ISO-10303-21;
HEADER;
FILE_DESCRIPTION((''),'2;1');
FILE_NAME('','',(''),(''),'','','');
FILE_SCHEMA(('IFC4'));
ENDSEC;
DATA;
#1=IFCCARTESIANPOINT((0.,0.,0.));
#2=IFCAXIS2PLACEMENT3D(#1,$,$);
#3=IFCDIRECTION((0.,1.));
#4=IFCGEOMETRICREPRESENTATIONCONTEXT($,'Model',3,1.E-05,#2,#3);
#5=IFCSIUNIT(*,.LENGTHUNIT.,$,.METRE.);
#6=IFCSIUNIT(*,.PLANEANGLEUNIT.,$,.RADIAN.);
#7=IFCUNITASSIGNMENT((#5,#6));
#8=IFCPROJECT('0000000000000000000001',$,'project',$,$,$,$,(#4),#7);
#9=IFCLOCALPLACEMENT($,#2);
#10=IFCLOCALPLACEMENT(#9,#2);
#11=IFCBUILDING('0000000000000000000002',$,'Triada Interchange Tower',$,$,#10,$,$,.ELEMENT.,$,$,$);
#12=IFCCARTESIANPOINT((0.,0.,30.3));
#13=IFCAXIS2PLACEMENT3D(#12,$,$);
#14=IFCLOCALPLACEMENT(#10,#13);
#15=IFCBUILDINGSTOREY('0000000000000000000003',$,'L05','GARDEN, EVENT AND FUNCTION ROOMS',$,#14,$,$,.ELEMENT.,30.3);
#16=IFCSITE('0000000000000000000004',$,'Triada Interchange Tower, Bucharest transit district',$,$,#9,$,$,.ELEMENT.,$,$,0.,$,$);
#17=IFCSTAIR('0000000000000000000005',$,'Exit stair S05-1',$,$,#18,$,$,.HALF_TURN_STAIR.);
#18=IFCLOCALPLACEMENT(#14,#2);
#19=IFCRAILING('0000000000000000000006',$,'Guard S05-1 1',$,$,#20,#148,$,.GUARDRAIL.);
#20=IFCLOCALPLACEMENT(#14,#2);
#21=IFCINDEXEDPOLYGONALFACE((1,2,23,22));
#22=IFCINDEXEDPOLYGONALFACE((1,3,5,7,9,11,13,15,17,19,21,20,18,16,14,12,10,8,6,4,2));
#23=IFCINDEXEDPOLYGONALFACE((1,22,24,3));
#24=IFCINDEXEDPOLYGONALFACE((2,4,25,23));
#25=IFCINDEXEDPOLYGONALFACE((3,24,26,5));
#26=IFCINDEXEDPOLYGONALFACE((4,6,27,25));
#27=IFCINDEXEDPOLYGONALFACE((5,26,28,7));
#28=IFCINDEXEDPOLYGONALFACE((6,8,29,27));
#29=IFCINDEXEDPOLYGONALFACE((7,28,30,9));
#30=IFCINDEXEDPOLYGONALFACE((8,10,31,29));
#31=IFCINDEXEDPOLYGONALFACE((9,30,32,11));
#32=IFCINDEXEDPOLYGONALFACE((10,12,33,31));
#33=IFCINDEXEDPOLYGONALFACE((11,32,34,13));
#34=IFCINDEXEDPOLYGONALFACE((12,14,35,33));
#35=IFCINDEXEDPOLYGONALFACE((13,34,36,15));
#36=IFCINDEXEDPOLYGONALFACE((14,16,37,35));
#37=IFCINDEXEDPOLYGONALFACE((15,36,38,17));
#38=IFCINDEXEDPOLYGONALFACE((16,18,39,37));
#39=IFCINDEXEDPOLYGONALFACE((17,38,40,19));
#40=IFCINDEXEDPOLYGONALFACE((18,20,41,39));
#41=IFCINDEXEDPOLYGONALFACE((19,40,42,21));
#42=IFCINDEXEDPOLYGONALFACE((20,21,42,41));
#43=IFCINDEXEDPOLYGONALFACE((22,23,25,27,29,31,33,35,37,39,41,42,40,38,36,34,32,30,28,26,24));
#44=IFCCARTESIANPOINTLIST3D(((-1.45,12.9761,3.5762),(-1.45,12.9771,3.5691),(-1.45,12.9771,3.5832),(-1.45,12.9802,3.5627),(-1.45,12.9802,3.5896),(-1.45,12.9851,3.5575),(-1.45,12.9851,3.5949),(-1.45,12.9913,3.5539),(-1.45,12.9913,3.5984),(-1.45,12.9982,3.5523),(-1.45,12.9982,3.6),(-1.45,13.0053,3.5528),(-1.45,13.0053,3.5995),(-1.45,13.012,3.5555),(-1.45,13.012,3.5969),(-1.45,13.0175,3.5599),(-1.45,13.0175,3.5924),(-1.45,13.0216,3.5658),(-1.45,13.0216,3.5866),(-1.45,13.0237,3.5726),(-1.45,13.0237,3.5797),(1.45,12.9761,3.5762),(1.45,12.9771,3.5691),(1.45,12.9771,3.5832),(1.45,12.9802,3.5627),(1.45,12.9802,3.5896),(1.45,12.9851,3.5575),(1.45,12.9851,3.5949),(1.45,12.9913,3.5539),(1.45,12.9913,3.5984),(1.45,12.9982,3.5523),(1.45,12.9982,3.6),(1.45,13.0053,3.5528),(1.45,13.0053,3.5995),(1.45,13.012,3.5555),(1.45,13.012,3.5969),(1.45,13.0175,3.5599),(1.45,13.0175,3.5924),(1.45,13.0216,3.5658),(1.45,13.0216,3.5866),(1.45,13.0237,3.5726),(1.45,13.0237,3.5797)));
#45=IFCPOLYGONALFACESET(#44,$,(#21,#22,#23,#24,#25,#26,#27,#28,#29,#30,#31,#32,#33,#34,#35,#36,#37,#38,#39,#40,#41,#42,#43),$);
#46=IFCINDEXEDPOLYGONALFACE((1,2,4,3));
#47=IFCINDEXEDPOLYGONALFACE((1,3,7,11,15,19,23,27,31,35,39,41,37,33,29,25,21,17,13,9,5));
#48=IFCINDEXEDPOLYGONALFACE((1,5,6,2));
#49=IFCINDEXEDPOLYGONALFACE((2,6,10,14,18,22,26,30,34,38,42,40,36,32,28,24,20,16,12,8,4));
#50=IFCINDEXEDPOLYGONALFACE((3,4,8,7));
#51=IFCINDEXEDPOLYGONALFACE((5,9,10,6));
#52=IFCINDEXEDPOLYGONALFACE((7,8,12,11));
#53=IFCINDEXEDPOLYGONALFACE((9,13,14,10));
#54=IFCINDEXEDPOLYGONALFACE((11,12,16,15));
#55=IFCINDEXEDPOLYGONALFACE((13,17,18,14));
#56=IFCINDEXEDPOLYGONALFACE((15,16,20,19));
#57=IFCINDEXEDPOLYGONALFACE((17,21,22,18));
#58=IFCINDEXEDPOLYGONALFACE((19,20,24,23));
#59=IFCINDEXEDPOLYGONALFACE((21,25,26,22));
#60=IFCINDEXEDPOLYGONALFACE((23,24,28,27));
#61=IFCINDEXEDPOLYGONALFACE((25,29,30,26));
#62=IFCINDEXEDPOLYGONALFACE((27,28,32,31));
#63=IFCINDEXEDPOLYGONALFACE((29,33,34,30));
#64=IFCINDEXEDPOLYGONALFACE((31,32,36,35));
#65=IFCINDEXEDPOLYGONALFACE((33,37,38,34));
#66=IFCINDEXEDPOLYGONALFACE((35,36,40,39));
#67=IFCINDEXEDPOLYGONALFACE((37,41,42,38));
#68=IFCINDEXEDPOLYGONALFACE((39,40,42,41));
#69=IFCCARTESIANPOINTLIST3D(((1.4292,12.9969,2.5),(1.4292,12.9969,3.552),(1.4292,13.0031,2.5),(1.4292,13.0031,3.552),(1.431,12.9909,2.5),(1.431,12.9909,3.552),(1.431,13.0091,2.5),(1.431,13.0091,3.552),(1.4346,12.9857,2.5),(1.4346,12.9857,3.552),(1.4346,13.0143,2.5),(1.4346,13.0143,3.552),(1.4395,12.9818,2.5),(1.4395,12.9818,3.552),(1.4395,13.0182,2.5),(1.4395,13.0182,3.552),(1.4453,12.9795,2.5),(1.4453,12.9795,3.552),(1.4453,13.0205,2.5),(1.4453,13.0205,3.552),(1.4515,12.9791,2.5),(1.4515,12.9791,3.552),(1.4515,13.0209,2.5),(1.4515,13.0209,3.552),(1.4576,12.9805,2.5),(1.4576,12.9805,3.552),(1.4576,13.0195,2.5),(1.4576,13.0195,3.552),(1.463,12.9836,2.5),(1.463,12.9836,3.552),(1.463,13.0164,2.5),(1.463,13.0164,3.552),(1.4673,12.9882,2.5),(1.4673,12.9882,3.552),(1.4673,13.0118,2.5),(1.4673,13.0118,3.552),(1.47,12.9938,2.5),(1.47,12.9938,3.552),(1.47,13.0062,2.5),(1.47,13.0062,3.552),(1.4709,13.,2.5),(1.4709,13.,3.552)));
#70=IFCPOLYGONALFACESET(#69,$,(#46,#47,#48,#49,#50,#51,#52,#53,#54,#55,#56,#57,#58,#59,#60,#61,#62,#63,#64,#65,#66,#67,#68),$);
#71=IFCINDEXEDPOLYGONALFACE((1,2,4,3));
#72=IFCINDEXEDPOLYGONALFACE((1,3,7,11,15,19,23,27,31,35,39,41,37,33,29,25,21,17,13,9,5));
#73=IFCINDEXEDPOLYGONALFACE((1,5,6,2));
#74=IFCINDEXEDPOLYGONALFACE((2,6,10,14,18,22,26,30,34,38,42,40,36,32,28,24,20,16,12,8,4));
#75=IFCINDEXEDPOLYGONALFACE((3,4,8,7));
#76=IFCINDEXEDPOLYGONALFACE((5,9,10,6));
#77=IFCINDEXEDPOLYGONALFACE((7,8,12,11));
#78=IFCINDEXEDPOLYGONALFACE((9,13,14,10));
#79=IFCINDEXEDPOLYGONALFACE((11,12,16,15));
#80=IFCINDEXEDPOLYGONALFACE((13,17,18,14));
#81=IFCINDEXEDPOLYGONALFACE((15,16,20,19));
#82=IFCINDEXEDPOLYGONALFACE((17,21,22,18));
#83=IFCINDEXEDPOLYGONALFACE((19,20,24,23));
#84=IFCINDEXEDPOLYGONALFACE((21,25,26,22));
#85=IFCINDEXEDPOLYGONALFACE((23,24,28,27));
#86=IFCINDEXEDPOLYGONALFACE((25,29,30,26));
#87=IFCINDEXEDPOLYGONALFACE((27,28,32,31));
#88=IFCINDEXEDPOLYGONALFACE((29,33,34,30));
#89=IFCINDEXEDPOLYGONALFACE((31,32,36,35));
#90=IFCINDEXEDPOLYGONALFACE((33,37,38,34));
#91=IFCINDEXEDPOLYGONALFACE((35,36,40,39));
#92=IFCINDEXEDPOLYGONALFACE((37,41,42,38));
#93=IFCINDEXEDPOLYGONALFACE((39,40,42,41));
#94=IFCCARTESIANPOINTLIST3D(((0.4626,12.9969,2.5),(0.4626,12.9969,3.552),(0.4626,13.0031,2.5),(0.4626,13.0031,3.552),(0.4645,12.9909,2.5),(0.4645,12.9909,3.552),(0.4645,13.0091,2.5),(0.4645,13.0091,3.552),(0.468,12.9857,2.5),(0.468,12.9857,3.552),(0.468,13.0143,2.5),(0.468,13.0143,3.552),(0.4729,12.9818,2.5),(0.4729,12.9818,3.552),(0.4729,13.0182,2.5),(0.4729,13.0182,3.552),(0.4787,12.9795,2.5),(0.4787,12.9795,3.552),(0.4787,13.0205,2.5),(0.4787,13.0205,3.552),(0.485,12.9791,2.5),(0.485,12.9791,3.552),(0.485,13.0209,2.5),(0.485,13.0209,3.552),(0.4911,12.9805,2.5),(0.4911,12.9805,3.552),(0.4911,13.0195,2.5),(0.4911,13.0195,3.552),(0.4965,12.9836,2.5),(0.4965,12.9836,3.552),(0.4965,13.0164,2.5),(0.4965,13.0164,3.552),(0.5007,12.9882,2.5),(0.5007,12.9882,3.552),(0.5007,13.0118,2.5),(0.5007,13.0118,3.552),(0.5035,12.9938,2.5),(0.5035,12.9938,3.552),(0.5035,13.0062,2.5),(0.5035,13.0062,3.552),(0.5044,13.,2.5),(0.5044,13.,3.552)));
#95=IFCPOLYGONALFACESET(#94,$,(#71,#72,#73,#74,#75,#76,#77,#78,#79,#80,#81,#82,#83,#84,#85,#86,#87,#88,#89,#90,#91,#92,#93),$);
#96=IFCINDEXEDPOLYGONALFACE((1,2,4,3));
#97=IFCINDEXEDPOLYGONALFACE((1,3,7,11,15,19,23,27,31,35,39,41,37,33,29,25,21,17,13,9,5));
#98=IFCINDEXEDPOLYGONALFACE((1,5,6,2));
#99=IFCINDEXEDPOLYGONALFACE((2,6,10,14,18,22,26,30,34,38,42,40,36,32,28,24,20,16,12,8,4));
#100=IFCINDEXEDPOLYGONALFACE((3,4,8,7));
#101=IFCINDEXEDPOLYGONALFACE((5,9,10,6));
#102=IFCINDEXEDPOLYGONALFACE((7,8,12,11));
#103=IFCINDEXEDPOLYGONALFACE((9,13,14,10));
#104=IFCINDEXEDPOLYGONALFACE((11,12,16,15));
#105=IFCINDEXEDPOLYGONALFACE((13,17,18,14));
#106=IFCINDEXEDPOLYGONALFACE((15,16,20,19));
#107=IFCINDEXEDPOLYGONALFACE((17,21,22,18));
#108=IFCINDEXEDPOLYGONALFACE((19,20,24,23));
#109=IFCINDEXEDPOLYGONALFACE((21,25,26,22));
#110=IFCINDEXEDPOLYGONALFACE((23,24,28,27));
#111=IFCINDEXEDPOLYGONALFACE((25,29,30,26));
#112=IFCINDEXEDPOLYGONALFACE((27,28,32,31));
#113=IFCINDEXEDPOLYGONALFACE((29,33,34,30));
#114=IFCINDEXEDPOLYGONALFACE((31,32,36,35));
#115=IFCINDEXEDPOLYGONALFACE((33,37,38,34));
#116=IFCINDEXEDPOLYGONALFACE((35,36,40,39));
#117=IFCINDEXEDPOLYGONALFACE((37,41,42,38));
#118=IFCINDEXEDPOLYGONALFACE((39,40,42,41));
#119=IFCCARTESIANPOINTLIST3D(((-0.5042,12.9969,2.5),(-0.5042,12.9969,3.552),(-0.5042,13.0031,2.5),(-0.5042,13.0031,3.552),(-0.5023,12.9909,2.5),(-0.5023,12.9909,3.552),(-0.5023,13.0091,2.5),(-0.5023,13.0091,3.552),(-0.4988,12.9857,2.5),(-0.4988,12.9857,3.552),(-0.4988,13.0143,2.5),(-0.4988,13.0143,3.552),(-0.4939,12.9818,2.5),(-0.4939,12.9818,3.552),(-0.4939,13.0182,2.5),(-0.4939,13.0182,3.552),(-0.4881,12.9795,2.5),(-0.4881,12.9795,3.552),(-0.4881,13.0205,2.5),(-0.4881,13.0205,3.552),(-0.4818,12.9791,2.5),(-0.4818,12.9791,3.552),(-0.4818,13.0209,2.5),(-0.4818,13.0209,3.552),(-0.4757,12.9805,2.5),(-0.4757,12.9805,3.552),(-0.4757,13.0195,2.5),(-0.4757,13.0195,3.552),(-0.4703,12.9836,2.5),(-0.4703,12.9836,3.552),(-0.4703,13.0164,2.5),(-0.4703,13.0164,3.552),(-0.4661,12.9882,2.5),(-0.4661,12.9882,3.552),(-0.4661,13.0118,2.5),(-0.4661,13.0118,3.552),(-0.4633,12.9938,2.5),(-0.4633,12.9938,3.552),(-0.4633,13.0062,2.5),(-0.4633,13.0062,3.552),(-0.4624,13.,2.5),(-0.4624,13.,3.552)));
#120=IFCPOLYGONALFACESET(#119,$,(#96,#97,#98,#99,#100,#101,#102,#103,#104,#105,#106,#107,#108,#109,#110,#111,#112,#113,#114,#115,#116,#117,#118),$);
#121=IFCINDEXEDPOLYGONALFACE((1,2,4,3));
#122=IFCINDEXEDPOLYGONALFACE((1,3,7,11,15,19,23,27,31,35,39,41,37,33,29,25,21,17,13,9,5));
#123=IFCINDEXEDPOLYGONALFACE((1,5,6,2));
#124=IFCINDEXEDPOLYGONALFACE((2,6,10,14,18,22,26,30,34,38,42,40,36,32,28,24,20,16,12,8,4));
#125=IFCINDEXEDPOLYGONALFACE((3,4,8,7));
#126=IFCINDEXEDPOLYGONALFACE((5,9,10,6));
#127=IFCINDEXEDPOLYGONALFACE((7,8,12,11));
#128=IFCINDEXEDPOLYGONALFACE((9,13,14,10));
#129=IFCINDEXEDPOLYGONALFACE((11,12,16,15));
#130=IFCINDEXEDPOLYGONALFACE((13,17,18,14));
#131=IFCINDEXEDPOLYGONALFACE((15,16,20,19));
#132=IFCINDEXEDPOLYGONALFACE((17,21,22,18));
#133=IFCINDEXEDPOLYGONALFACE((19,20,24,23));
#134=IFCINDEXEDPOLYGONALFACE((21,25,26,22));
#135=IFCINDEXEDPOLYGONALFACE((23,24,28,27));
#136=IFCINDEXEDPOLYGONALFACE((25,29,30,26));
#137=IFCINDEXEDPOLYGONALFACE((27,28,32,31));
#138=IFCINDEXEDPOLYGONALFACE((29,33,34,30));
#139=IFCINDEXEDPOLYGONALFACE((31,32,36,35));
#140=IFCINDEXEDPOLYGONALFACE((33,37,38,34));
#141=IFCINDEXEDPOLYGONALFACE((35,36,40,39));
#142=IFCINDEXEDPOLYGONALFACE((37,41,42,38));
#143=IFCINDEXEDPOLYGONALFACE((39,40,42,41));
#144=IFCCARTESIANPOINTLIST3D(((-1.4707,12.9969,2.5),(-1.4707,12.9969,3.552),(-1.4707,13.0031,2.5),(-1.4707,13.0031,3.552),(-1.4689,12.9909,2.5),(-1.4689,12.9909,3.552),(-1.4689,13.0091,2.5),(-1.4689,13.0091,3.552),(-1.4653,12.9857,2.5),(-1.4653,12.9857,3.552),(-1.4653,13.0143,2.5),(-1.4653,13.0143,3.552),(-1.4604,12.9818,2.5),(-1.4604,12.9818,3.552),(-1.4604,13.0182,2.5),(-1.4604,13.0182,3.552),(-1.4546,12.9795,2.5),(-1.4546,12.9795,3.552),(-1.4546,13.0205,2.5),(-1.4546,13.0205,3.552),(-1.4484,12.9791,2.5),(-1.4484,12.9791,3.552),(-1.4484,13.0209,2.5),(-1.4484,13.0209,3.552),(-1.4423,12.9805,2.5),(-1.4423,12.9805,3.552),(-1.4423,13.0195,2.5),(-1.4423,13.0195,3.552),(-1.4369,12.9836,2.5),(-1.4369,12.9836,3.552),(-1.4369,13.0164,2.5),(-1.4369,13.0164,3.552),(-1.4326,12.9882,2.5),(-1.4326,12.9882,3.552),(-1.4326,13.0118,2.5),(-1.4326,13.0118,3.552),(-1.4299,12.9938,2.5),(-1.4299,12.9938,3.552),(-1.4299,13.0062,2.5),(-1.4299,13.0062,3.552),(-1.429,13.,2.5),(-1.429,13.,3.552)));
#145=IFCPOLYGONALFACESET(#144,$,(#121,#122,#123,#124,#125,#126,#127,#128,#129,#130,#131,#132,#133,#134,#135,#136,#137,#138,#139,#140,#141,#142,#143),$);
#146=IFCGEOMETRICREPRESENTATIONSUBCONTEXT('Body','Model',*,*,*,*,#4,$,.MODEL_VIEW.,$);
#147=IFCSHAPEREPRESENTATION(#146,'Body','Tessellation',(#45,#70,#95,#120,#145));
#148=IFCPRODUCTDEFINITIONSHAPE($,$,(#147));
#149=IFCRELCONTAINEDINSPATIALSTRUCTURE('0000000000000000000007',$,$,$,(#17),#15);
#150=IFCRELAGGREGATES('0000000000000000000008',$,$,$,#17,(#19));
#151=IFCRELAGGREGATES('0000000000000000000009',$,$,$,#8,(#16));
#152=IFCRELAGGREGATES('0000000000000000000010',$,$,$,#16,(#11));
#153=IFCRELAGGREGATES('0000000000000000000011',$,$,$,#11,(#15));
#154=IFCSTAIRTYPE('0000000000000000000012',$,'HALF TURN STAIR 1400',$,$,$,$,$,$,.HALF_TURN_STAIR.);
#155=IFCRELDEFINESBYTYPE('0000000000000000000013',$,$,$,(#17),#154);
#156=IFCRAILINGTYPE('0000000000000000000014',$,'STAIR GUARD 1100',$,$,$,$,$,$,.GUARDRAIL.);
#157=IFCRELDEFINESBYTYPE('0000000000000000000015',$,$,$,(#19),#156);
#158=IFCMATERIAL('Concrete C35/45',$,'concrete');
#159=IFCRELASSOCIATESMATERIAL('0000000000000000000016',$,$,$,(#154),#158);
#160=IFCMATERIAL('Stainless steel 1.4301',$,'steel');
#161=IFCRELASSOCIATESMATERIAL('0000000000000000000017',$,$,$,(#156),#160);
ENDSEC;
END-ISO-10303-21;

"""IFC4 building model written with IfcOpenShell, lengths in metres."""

from ifc_helpers import new_model, si_unit, direction, frame, origin, origin_2d, place, context, subcontext, project, spatial, circle, extrude, material, type_object, element, aggregate, save


model = new_model("IFC4")

# Units and contexts
model_context = context("Model", 3, precision=1e-05, world=origin(), true_north=direction((0.0, 1.0)))
body_context = subcontext(model_context, "Body", "Model", "MODEL_VIEW")
ifc_project = project(units=[si_unit("LENGTHUNIT", "METRE"), si_unit("PLANEANGLEUNIT", "RADIAN")], contexts=[model_context])

# Site, building, storey
site_placement = place(None, origin())
site = spatial("IfcSite", under=ifc_project, at=site_placement, Name="Triada Interchange Tower, Bucharest transit district", CompositionType="ELEMENT", RefElevation=0.0)
building_placement = place(site_placement, origin())
building = spatial("IfcBuilding", under=site, at=building_placement, Name="Triada Interchange Tower", CompositionType="ELEMENT")
storey_placement = place(building_placement, frame((0.0, 0.0, 30.3)))
storey = spatial("IfcBuildingStorey", under=building, at=storey_placement, Name="L05", Description="GARDEN, EVENT AND FUNCTION ROOMS", CompositionType="ELEMENT", Elevation=30.3)

# Shared definitions
ifc_material_1 = material(Name="Concrete C35/45", Category="concrete")

# Stair, railing
stair_type = type_object("IfcStairType", Name="HALF TURN STAIR 1400", PredefinedType="HALF_TURN_STAIR", material=ifc_material_1)
stair_placement = place(storey_placement, origin())
stair = element("IfcStair", 1, at=stair_placement, inside=storey, type_object=stair_type, Name="Exit stair S05-1", PredefinedType="HALF_TURN_STAIR")
ifc_material_2 = material(Name="Stainless steel 1.4301", Category="steel")
railing_type_1 = type_object("IfcRailingType", Name="STAIR GUARD 1100", PredefinedType="GUARDRAIL", material=ifc_material_2)
railing_1_placement = place(storey_placement, frame((1.45, 13.0, 2.5)))
railing_1 = element("IfcRailing", 2, at=railing_1_placement, type_object=railing_type_1, Name="Guard S05-1 1", PredefinedType="GUARDRAIL", context=body_context, shape_type="SweptSolid", body=[
    extrude(circle(Radius=0.0239, at=origin_2d()), frame((0.0, 0.0, 1.0762), z_axis=(-1.0, 0.0, 0.0), x_axis=(0.0, -1.0, 0.0)), (0.0, 0.0, 1.0), 2.8999),
    extrude(circle(Radius=0.021, at=origin_2d()), origin(), (0.0, 0.0, 1.0), 1.052),
    extrude(circle(Radius=0.021, at=origin_2d()), frame((-0.9666, 0.0, 0.0)), (0.0, 0.0, 1.0), 1.052),
    extrude(circle(Radius=0.021, at=origin_2d()), frame((-1.9333, 0.0, 0.0)), (0.0, 0.0, 1.0), 1.052),
    extrude(circle(Radius=0.021, at=origin_2d()), frame((-2.8999, 0.0, 0.0)), (0.0, 0.0, 1.0), 1.052),
])
aggregate(stair, [railing_1])

save(model, "model.ifc")
